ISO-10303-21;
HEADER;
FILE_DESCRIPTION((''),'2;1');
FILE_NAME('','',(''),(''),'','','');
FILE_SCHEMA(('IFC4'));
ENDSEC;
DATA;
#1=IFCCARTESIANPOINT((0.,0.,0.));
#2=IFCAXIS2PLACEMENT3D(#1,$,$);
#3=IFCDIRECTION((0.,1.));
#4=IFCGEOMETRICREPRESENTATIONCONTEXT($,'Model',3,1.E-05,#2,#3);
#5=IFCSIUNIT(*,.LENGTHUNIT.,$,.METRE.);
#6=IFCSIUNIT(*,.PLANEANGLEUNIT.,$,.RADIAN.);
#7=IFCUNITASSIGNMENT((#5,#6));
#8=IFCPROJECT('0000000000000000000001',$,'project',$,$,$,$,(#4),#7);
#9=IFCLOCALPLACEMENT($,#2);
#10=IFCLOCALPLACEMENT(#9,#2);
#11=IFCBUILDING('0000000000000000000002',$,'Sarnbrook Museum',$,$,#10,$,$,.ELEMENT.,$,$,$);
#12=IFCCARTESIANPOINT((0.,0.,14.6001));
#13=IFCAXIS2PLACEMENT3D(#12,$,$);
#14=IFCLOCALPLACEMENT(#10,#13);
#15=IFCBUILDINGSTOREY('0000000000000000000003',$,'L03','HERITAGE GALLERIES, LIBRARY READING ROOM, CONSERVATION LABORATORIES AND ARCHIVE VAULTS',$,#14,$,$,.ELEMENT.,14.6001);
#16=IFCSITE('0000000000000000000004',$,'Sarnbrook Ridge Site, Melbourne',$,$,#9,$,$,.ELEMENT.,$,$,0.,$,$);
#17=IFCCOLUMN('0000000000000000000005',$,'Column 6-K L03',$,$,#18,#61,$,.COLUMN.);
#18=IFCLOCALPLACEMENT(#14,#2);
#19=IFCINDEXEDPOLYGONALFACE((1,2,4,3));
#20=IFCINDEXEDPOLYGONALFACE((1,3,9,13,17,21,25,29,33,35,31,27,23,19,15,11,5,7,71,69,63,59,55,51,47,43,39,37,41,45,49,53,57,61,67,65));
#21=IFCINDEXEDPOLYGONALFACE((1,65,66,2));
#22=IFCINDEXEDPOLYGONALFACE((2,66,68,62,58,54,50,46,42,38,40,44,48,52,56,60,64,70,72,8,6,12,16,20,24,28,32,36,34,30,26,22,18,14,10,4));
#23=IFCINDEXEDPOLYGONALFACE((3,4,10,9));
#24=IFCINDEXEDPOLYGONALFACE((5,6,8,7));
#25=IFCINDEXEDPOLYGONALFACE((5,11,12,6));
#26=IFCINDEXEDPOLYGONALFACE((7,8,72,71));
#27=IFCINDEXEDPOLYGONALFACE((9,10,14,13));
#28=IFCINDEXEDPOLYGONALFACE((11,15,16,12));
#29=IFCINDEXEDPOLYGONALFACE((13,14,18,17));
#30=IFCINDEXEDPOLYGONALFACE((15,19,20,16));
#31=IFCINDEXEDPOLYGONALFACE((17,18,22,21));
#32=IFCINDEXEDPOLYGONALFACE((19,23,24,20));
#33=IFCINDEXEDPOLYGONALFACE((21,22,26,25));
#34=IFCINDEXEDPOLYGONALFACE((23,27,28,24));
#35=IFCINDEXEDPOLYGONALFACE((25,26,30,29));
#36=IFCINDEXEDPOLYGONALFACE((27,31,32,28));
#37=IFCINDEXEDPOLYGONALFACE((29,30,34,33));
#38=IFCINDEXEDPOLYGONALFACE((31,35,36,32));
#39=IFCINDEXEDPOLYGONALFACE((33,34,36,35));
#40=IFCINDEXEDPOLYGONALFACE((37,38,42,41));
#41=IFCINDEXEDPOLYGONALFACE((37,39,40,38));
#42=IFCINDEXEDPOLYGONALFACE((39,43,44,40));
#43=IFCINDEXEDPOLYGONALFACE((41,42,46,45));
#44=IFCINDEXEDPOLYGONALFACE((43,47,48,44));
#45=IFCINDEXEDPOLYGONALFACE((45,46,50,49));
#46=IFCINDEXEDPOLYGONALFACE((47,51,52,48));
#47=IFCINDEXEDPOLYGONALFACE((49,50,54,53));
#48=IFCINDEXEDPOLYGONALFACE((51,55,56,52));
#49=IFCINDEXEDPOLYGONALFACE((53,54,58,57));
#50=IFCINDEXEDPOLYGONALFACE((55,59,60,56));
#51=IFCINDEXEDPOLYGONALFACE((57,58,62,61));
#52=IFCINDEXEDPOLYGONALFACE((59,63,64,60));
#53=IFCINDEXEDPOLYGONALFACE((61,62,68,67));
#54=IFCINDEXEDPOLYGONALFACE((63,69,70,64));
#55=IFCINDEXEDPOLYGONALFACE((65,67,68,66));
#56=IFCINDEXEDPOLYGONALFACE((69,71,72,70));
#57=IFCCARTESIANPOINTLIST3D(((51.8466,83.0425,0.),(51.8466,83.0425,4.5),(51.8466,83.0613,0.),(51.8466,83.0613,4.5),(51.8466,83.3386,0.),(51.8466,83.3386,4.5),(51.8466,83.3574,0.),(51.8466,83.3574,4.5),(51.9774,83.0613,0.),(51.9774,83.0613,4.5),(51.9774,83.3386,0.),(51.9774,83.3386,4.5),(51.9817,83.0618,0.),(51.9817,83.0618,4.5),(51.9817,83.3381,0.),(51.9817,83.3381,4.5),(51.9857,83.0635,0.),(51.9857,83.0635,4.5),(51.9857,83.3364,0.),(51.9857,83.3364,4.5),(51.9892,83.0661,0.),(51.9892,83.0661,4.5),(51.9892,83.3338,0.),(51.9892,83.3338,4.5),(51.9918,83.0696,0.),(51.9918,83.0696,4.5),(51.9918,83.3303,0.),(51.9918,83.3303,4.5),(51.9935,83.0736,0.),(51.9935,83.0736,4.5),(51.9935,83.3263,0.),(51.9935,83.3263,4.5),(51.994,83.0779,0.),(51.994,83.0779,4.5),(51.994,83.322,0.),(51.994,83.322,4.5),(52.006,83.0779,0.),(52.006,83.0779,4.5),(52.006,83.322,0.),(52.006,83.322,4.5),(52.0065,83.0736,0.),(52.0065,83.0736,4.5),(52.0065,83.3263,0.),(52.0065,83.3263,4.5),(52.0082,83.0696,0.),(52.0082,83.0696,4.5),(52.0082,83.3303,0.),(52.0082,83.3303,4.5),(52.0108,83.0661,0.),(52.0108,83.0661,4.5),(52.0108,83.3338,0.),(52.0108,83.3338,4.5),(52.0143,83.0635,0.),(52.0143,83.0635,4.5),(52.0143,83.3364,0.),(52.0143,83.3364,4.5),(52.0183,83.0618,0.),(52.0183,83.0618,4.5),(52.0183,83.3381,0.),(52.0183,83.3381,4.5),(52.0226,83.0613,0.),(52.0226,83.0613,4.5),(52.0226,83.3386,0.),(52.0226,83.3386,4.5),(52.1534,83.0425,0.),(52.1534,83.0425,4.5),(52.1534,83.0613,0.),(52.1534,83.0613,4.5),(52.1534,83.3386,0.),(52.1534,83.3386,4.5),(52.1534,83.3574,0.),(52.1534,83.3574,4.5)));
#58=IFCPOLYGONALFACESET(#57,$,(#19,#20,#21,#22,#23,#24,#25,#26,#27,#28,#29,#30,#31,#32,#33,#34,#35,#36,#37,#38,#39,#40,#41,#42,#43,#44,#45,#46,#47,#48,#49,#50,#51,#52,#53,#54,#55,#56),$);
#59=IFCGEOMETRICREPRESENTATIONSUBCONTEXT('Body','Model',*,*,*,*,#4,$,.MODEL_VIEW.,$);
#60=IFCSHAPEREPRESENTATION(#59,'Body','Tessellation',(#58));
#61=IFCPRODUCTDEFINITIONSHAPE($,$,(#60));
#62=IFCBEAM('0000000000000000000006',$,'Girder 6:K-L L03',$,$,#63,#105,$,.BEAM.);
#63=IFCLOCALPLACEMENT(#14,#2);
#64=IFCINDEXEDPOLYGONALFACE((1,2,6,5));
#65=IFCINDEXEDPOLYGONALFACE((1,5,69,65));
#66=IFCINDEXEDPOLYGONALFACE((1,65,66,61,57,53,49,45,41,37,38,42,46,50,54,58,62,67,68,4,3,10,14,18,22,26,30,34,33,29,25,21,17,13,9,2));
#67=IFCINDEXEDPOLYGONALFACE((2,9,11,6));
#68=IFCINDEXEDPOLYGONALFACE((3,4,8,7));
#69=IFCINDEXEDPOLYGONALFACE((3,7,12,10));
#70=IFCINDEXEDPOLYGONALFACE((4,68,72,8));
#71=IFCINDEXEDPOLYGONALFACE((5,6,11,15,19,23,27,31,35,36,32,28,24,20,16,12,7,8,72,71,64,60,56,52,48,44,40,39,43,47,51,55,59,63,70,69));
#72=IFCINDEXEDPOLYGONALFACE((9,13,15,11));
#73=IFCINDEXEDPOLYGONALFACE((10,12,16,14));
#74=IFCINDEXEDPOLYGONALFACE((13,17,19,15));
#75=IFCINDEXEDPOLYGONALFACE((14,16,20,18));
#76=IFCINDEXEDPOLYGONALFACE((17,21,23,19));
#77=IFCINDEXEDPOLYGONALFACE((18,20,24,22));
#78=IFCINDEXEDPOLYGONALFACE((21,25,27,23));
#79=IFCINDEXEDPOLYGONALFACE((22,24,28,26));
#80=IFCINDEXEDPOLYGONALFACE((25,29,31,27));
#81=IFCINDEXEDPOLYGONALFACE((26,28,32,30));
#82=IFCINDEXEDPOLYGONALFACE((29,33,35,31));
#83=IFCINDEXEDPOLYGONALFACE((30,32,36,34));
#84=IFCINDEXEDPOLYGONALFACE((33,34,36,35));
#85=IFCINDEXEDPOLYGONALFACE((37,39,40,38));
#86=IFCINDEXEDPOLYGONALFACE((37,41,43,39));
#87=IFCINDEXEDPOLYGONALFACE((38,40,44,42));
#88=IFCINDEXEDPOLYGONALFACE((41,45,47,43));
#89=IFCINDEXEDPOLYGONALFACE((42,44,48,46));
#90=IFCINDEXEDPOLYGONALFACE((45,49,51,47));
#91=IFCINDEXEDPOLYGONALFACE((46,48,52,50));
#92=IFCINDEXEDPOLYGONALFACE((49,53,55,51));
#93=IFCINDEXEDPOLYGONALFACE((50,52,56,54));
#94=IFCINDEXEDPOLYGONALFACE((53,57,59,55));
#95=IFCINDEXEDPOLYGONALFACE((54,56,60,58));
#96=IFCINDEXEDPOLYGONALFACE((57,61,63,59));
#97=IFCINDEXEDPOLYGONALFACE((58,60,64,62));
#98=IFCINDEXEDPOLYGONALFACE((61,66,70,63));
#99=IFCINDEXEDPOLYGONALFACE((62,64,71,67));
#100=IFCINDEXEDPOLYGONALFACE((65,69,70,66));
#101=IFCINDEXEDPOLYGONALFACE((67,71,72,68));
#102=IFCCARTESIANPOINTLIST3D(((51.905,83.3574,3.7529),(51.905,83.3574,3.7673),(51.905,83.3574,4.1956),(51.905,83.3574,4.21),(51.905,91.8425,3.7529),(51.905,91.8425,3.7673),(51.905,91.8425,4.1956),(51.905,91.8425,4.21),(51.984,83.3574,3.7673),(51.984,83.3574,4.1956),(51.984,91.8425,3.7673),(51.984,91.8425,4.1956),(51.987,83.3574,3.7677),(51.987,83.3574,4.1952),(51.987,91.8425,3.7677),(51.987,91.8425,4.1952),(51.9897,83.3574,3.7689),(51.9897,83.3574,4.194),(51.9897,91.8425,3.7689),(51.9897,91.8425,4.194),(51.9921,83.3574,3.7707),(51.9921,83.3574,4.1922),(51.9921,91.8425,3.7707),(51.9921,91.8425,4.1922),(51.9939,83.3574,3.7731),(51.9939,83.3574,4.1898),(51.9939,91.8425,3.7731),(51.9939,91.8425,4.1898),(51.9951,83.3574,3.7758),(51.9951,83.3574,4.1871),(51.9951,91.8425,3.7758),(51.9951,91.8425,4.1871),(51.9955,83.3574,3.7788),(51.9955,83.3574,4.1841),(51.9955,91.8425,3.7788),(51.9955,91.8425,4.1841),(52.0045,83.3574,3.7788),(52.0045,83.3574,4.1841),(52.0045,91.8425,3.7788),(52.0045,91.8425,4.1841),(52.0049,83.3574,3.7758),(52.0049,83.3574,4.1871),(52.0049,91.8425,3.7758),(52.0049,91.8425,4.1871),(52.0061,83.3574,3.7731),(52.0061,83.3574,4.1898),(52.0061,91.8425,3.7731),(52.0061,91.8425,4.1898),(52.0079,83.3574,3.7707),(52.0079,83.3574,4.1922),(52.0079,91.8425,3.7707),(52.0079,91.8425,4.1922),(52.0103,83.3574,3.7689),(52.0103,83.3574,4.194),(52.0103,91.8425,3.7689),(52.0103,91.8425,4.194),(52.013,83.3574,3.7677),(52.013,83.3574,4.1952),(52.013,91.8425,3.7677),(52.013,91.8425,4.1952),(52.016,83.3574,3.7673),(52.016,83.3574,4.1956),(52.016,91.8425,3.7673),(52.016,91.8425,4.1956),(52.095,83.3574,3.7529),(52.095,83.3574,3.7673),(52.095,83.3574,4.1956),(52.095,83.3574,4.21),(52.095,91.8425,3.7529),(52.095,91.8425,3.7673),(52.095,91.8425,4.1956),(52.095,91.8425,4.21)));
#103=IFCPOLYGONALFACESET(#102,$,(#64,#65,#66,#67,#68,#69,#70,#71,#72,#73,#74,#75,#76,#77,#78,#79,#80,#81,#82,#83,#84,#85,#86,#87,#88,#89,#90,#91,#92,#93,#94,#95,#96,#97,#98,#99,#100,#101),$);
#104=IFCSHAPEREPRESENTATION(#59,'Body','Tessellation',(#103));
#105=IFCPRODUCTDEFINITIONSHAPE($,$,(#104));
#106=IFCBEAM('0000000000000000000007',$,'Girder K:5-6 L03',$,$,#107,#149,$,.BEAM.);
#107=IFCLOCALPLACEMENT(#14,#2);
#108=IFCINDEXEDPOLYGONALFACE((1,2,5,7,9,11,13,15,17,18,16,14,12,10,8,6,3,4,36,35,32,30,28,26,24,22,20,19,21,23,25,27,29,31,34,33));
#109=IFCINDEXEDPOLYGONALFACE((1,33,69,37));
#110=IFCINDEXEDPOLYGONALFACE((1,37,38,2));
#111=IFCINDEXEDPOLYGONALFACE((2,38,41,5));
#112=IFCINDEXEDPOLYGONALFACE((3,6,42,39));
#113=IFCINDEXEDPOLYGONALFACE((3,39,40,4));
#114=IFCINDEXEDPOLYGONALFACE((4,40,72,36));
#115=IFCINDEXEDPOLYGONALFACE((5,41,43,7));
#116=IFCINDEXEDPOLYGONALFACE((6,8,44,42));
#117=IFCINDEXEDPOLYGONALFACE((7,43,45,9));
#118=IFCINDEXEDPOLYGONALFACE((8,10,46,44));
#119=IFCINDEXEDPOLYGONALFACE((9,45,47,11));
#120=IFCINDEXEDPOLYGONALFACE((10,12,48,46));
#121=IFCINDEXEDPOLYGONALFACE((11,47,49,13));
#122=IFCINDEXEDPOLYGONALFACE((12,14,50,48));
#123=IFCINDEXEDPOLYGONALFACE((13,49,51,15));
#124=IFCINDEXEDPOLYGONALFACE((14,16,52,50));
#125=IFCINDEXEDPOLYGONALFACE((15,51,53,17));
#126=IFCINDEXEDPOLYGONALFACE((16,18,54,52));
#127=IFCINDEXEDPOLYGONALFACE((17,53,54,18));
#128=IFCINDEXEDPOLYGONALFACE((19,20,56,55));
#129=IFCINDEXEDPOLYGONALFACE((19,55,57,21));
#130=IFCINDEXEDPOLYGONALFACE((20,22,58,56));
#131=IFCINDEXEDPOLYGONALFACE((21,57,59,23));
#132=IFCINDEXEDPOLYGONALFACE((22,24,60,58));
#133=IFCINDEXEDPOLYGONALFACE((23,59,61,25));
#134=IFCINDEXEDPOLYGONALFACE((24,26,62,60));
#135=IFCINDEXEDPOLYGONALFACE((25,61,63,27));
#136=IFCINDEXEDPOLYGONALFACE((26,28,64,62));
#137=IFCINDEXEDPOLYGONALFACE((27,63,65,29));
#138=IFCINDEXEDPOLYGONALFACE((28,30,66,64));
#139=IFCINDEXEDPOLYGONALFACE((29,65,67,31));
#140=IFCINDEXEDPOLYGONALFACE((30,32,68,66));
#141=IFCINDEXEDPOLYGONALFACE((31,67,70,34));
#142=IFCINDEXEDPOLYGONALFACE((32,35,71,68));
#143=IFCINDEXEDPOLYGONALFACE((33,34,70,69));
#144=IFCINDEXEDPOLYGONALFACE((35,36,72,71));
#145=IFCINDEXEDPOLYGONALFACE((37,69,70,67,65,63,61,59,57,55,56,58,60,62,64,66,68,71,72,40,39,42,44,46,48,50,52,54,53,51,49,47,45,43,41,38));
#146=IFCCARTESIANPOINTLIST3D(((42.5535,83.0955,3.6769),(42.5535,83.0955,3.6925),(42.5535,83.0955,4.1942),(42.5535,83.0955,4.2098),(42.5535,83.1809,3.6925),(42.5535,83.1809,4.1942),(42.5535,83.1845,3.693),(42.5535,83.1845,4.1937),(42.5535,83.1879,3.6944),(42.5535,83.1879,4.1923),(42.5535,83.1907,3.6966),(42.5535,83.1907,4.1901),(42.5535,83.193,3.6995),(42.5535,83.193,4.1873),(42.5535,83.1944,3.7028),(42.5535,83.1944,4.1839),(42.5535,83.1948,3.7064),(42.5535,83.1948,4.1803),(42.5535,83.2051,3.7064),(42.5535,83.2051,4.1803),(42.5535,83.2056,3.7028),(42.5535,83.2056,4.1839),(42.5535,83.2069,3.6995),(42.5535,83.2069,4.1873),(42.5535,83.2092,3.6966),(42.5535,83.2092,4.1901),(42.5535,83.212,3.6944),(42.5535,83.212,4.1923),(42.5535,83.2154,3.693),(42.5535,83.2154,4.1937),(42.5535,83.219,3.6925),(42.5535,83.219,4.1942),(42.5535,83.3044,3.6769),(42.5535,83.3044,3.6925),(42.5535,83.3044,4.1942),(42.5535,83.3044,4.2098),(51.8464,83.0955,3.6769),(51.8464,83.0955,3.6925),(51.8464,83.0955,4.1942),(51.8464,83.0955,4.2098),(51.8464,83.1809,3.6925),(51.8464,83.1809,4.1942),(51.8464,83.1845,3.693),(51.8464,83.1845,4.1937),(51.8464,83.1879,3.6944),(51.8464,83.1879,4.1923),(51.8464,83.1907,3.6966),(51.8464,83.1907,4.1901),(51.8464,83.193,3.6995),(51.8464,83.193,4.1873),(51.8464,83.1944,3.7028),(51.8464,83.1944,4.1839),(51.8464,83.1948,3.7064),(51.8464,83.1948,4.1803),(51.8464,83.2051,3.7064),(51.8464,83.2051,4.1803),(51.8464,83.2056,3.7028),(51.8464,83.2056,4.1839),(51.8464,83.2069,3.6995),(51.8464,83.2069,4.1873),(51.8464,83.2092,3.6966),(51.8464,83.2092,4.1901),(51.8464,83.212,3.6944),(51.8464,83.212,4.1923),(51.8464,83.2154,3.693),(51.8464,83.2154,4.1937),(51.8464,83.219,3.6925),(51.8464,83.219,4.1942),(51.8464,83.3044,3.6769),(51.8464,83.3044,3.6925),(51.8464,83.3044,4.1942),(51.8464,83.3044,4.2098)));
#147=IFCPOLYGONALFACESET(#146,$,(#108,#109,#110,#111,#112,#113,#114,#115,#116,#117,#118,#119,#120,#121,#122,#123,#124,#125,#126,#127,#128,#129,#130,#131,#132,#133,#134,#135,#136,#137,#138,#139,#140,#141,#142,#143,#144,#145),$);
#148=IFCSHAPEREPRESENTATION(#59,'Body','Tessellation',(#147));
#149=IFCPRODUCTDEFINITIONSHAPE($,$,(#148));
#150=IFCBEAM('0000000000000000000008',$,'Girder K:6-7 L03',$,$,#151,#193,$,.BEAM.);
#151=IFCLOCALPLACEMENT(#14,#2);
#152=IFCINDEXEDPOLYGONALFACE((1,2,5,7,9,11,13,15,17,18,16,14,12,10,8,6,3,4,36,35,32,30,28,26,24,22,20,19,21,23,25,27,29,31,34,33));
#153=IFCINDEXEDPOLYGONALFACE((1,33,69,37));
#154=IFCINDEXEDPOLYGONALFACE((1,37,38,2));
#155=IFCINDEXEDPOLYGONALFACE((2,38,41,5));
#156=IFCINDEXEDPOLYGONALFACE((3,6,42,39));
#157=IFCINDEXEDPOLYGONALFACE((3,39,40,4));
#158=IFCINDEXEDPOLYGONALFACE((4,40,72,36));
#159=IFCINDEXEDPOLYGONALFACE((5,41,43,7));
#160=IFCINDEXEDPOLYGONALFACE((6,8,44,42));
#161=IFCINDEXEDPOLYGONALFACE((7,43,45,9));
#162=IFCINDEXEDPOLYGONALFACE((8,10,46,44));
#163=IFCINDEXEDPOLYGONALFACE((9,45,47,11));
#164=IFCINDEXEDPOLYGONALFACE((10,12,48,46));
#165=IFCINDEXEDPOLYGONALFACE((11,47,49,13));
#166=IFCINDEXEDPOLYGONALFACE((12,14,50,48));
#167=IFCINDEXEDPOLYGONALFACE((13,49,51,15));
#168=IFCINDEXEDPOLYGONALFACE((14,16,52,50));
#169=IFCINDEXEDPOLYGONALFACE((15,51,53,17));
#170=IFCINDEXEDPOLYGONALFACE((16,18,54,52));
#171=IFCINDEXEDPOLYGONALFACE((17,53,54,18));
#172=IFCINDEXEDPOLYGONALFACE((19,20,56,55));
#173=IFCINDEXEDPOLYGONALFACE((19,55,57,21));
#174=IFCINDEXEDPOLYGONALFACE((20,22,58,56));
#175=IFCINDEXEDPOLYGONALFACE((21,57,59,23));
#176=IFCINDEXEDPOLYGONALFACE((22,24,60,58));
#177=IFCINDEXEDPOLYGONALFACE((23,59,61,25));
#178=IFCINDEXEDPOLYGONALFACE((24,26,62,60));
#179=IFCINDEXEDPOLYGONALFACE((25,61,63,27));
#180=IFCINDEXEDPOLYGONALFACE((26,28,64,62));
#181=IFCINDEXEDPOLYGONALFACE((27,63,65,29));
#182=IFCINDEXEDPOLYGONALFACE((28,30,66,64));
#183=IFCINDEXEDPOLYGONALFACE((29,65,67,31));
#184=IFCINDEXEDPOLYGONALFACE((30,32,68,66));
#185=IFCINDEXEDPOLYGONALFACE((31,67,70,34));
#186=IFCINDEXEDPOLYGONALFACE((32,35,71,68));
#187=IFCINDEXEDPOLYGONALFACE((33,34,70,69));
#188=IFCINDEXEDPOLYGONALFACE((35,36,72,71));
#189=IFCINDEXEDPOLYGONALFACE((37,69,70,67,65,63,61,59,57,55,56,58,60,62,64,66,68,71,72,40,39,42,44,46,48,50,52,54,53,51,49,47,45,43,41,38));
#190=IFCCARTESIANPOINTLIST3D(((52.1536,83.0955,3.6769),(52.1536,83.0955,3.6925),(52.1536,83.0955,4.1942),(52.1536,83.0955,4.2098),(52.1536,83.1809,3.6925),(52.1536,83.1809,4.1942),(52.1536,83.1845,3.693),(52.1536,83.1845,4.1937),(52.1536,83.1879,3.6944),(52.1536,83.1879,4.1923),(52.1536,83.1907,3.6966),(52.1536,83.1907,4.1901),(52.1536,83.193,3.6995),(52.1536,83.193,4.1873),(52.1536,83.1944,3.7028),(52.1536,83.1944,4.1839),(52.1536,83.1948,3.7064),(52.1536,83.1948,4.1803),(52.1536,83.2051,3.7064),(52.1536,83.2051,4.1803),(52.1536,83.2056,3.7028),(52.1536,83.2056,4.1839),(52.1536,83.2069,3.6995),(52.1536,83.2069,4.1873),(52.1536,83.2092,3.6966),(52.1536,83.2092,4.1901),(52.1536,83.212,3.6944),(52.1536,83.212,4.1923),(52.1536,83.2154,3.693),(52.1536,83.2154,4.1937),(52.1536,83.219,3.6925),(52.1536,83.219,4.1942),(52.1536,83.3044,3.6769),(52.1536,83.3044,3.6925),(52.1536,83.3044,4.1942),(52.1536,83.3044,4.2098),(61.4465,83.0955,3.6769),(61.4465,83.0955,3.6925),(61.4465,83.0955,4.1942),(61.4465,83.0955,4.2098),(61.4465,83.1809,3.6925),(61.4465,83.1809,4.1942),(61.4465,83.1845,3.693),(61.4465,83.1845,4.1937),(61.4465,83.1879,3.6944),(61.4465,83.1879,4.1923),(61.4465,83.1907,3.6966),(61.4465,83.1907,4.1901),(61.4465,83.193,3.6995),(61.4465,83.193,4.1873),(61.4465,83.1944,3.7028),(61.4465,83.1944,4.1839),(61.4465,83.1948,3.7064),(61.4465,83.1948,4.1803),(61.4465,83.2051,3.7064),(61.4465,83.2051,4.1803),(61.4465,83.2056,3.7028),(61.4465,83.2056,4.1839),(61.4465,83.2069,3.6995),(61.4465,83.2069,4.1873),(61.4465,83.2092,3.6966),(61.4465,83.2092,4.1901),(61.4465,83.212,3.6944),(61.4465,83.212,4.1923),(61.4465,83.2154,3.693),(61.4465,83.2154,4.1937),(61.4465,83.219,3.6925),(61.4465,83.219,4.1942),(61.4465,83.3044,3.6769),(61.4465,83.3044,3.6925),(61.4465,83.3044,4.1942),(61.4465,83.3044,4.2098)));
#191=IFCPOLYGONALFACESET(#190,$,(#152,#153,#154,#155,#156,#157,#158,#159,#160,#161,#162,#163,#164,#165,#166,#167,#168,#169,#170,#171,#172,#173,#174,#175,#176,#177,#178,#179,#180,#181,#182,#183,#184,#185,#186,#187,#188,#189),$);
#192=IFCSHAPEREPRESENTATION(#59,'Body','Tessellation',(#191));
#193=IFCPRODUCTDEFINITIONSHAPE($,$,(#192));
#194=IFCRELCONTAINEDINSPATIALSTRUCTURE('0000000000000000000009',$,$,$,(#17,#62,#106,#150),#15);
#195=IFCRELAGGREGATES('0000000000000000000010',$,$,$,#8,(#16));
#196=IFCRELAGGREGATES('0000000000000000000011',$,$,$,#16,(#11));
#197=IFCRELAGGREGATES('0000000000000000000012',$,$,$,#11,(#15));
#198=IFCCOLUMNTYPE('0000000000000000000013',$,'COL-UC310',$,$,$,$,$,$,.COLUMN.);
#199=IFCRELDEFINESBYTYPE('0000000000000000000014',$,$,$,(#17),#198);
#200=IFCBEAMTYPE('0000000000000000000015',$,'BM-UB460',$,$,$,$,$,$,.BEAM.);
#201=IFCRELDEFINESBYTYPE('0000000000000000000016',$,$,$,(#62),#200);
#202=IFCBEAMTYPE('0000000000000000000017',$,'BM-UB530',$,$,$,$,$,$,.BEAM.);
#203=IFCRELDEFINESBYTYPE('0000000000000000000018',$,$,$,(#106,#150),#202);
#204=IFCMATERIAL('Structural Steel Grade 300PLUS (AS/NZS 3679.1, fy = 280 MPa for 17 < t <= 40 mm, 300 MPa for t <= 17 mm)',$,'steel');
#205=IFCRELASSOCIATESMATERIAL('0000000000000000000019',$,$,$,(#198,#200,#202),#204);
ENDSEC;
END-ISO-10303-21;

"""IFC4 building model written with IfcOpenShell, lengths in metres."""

from ifc_helpers import new_model, si_unit, direction, frame, origin, origin_2d, place, context, subcontext, project, spatial, i_section, extrude, material, material_profile, profile_set, type_object, element, save


model = new_model("IFC4")

# Units and contexts
model_context = context("Model", 3, precision=1e-05, world=origin(), true_north=direction((0.0, 1.0)))
body_context = subcontext(model_context, "Body", "Model", "MODEL_VIEW")
ifc_project = project(units=[si_unit("LENGTHUNIT", "METRE"), si_unit("PLANEANGLEUNIT", "RADIAN")], contexts=[model_context])

# Site, building, storey
site_placement = place(None, origin())
site = spatial("IfcSite", under=ifc_project, at=site_placement, Name="Sarnbrook Ridge Site, Melbourne", CompositionType="ELEMENT", RefElevation=0.0)
building_placement = place(site_placement, origin())
building = spatial("IfcBuilding", under=site, at=building_placement, Name="Sarnbrook Museum", CompositionType="ELEMENT")
storey_placement = place(building_placement, frame((0.0, 0.0, 14.6001)))
storey = spatial("IfcBuildingStorey", under=building, at=storey_placement, Name="L03", Description="HERITAGE GALLERIES, LIBRARY READING ROOM, CONSERVATION LABORATORIES AND ARCHIVE VAULTS", CompositionType="ELEMENT", Elevation=14.6001)

# Column
ifc_material_1 = material(Name="Structural Steel Grade 300PLUS (AS/NZS 3679.1, fy = 280 MPa for 17 < t <= 40 mm, 300 MPa for t <= 17 mm)", Category="steel")
ifc_material_profile_1 = material_profile(ifc_material_1, i_section(OverallWidth=0.3069, OverallDepth=0.3149, WebThickness=0.012, FlangeThickness=0.0188, FilletRadius=0.0166, at=origin_2d()), Name="310UC118")
ifc_profile_set_1 = profile_set([ifc_material_profile_1], Name="Structural Steel Grade 300PLUS (AS/NZS 3679.1, fy = 280 MPa for 17 < t <= 40 mm, 300 MPa for t <= 17 mm)")
column_type = type_object("IfcColumnType", Name="COL-UC310", PredefinedType="COLUMN", material=ifc_profile_set_1)
column_placement = place(storey_placement, frame((52.0, 83.2, 0.0), z_axis=(0.0, 0.0, 1.0), x_axis=(1.0, 0.0, 0.0)))
element("IfcColumn", 1, at=column_placement, inside=storey, type_object=column_type, Name="Column 6-K L03", PredefinedType="COLUMN", context=body_context, shape_type="SweptSolid", body=[
    extrude(i_section(OverallWidth=0.3069, OverallDepth=0.3149, WebThickness=0.012, FlangeThickness=0.0188, FilletRadius=0.0166, at=origin_2d()), origin(), (0.0, 0.0, 1.0), 4.5),
])

# Beams
ifc_material_profile_2 = material_profile(ifc_material_1, i_section(OverallWidth=0.1899, OverallDepth=0.457, WebThickness=0.009, FlangeThickness=0.0144, FilletRadius=0.0115, at=origin_2d()), Name="460UB74.6")
ifc_profile_set_2 = profile_set([ifc_material_profile_2], Name="Structural Steel Grade 300PLUS (AS/NZS 3679.1, fy = 280 MPa for 17 < t <= 40 mm, 300 MPa for t <= 17 mm)")
beam_type_1 = type_object("IfcBeamType", Name="BM-UB460", PredefinedType="BEAM", material=ifc_profile_set_2)
beam_placement = place(storey_placement, frame((52.0, 83.3574, 3.9814), z_axis=(0.0, 1.0, 0.0), x_axis=(-1.0, 0.0, 0.0)))
element("IfcBeam", 2, at=beam_placement, inside=storey, type_object=beam_type_1, Name="Girder 6:K-L L03", PredefinedType="BEAM", context=body_context, shape_type="SweptSolid", body=[
    extrude(i_section(OverallWidth=0.1899, OverallDepth=0.457, WebThickness=0.009, FlangeThickness=0.0144, FilletRadius=0.0115, at=origin_2d()), origin(), (0.0, 0.0, 1.0), 8.4851),
])
ifc_material_profile_3 = material_profile(ifc_material_1, i_section(OverallWidth=0.209, OverallDepth=0.533, WebThickness=0.0103, FlangeThickness=0.0156, FilletRadius=0.0139, at=origin_2d()), Name="530UB92.4")
ifc_profile_set_3 = profile_set([ifc_material_profile_3], Name="Structural Steel Grade 300PLUS (AS/NZS 3679.1, fy = 280 MPa for 17 < t <= 40 mm, 300 MPa for t <= 17 mm)")
beam_type_2 = type_object("IfcBeamType", Name="BM-UB530", PredefinedType="BEAM", material=ifc_profile_set_3)
for number, where, z_axis, x_axis, name in (
    (3, (42.5535, 83.2, 3.9434), (1.0, 0.0, 0.0), (0.0, 1.0, 0.0), "Girder K:5-6 L03"),
    (4, (52.1536, 83.2, 3.9434), (1.0, 0.0, 0.0), (0.0, 1.0, 0.0), "Girder K:6-7 L03"),
):
    element("IfcBeam", number, at=place(storey_placement, frame(where, z_axis=z_axis, x_axis=x_axis)), inside=storey, type_object=beam_type_2, Name=name, PredefinedType="BEAM", context=body_context, shape_type="SweptSolid", body=[
        extrude(i_section(OverallWidth=0.209, OverallDepth=0.533, WebThickness=0.0103, FlangeThickness=0.0156, FilletRadius=0.0139, at=origin_2d()), origin(), (0.0, 0.0, 1.0), 9.293),
    ])

save(model, "model.ifc")
